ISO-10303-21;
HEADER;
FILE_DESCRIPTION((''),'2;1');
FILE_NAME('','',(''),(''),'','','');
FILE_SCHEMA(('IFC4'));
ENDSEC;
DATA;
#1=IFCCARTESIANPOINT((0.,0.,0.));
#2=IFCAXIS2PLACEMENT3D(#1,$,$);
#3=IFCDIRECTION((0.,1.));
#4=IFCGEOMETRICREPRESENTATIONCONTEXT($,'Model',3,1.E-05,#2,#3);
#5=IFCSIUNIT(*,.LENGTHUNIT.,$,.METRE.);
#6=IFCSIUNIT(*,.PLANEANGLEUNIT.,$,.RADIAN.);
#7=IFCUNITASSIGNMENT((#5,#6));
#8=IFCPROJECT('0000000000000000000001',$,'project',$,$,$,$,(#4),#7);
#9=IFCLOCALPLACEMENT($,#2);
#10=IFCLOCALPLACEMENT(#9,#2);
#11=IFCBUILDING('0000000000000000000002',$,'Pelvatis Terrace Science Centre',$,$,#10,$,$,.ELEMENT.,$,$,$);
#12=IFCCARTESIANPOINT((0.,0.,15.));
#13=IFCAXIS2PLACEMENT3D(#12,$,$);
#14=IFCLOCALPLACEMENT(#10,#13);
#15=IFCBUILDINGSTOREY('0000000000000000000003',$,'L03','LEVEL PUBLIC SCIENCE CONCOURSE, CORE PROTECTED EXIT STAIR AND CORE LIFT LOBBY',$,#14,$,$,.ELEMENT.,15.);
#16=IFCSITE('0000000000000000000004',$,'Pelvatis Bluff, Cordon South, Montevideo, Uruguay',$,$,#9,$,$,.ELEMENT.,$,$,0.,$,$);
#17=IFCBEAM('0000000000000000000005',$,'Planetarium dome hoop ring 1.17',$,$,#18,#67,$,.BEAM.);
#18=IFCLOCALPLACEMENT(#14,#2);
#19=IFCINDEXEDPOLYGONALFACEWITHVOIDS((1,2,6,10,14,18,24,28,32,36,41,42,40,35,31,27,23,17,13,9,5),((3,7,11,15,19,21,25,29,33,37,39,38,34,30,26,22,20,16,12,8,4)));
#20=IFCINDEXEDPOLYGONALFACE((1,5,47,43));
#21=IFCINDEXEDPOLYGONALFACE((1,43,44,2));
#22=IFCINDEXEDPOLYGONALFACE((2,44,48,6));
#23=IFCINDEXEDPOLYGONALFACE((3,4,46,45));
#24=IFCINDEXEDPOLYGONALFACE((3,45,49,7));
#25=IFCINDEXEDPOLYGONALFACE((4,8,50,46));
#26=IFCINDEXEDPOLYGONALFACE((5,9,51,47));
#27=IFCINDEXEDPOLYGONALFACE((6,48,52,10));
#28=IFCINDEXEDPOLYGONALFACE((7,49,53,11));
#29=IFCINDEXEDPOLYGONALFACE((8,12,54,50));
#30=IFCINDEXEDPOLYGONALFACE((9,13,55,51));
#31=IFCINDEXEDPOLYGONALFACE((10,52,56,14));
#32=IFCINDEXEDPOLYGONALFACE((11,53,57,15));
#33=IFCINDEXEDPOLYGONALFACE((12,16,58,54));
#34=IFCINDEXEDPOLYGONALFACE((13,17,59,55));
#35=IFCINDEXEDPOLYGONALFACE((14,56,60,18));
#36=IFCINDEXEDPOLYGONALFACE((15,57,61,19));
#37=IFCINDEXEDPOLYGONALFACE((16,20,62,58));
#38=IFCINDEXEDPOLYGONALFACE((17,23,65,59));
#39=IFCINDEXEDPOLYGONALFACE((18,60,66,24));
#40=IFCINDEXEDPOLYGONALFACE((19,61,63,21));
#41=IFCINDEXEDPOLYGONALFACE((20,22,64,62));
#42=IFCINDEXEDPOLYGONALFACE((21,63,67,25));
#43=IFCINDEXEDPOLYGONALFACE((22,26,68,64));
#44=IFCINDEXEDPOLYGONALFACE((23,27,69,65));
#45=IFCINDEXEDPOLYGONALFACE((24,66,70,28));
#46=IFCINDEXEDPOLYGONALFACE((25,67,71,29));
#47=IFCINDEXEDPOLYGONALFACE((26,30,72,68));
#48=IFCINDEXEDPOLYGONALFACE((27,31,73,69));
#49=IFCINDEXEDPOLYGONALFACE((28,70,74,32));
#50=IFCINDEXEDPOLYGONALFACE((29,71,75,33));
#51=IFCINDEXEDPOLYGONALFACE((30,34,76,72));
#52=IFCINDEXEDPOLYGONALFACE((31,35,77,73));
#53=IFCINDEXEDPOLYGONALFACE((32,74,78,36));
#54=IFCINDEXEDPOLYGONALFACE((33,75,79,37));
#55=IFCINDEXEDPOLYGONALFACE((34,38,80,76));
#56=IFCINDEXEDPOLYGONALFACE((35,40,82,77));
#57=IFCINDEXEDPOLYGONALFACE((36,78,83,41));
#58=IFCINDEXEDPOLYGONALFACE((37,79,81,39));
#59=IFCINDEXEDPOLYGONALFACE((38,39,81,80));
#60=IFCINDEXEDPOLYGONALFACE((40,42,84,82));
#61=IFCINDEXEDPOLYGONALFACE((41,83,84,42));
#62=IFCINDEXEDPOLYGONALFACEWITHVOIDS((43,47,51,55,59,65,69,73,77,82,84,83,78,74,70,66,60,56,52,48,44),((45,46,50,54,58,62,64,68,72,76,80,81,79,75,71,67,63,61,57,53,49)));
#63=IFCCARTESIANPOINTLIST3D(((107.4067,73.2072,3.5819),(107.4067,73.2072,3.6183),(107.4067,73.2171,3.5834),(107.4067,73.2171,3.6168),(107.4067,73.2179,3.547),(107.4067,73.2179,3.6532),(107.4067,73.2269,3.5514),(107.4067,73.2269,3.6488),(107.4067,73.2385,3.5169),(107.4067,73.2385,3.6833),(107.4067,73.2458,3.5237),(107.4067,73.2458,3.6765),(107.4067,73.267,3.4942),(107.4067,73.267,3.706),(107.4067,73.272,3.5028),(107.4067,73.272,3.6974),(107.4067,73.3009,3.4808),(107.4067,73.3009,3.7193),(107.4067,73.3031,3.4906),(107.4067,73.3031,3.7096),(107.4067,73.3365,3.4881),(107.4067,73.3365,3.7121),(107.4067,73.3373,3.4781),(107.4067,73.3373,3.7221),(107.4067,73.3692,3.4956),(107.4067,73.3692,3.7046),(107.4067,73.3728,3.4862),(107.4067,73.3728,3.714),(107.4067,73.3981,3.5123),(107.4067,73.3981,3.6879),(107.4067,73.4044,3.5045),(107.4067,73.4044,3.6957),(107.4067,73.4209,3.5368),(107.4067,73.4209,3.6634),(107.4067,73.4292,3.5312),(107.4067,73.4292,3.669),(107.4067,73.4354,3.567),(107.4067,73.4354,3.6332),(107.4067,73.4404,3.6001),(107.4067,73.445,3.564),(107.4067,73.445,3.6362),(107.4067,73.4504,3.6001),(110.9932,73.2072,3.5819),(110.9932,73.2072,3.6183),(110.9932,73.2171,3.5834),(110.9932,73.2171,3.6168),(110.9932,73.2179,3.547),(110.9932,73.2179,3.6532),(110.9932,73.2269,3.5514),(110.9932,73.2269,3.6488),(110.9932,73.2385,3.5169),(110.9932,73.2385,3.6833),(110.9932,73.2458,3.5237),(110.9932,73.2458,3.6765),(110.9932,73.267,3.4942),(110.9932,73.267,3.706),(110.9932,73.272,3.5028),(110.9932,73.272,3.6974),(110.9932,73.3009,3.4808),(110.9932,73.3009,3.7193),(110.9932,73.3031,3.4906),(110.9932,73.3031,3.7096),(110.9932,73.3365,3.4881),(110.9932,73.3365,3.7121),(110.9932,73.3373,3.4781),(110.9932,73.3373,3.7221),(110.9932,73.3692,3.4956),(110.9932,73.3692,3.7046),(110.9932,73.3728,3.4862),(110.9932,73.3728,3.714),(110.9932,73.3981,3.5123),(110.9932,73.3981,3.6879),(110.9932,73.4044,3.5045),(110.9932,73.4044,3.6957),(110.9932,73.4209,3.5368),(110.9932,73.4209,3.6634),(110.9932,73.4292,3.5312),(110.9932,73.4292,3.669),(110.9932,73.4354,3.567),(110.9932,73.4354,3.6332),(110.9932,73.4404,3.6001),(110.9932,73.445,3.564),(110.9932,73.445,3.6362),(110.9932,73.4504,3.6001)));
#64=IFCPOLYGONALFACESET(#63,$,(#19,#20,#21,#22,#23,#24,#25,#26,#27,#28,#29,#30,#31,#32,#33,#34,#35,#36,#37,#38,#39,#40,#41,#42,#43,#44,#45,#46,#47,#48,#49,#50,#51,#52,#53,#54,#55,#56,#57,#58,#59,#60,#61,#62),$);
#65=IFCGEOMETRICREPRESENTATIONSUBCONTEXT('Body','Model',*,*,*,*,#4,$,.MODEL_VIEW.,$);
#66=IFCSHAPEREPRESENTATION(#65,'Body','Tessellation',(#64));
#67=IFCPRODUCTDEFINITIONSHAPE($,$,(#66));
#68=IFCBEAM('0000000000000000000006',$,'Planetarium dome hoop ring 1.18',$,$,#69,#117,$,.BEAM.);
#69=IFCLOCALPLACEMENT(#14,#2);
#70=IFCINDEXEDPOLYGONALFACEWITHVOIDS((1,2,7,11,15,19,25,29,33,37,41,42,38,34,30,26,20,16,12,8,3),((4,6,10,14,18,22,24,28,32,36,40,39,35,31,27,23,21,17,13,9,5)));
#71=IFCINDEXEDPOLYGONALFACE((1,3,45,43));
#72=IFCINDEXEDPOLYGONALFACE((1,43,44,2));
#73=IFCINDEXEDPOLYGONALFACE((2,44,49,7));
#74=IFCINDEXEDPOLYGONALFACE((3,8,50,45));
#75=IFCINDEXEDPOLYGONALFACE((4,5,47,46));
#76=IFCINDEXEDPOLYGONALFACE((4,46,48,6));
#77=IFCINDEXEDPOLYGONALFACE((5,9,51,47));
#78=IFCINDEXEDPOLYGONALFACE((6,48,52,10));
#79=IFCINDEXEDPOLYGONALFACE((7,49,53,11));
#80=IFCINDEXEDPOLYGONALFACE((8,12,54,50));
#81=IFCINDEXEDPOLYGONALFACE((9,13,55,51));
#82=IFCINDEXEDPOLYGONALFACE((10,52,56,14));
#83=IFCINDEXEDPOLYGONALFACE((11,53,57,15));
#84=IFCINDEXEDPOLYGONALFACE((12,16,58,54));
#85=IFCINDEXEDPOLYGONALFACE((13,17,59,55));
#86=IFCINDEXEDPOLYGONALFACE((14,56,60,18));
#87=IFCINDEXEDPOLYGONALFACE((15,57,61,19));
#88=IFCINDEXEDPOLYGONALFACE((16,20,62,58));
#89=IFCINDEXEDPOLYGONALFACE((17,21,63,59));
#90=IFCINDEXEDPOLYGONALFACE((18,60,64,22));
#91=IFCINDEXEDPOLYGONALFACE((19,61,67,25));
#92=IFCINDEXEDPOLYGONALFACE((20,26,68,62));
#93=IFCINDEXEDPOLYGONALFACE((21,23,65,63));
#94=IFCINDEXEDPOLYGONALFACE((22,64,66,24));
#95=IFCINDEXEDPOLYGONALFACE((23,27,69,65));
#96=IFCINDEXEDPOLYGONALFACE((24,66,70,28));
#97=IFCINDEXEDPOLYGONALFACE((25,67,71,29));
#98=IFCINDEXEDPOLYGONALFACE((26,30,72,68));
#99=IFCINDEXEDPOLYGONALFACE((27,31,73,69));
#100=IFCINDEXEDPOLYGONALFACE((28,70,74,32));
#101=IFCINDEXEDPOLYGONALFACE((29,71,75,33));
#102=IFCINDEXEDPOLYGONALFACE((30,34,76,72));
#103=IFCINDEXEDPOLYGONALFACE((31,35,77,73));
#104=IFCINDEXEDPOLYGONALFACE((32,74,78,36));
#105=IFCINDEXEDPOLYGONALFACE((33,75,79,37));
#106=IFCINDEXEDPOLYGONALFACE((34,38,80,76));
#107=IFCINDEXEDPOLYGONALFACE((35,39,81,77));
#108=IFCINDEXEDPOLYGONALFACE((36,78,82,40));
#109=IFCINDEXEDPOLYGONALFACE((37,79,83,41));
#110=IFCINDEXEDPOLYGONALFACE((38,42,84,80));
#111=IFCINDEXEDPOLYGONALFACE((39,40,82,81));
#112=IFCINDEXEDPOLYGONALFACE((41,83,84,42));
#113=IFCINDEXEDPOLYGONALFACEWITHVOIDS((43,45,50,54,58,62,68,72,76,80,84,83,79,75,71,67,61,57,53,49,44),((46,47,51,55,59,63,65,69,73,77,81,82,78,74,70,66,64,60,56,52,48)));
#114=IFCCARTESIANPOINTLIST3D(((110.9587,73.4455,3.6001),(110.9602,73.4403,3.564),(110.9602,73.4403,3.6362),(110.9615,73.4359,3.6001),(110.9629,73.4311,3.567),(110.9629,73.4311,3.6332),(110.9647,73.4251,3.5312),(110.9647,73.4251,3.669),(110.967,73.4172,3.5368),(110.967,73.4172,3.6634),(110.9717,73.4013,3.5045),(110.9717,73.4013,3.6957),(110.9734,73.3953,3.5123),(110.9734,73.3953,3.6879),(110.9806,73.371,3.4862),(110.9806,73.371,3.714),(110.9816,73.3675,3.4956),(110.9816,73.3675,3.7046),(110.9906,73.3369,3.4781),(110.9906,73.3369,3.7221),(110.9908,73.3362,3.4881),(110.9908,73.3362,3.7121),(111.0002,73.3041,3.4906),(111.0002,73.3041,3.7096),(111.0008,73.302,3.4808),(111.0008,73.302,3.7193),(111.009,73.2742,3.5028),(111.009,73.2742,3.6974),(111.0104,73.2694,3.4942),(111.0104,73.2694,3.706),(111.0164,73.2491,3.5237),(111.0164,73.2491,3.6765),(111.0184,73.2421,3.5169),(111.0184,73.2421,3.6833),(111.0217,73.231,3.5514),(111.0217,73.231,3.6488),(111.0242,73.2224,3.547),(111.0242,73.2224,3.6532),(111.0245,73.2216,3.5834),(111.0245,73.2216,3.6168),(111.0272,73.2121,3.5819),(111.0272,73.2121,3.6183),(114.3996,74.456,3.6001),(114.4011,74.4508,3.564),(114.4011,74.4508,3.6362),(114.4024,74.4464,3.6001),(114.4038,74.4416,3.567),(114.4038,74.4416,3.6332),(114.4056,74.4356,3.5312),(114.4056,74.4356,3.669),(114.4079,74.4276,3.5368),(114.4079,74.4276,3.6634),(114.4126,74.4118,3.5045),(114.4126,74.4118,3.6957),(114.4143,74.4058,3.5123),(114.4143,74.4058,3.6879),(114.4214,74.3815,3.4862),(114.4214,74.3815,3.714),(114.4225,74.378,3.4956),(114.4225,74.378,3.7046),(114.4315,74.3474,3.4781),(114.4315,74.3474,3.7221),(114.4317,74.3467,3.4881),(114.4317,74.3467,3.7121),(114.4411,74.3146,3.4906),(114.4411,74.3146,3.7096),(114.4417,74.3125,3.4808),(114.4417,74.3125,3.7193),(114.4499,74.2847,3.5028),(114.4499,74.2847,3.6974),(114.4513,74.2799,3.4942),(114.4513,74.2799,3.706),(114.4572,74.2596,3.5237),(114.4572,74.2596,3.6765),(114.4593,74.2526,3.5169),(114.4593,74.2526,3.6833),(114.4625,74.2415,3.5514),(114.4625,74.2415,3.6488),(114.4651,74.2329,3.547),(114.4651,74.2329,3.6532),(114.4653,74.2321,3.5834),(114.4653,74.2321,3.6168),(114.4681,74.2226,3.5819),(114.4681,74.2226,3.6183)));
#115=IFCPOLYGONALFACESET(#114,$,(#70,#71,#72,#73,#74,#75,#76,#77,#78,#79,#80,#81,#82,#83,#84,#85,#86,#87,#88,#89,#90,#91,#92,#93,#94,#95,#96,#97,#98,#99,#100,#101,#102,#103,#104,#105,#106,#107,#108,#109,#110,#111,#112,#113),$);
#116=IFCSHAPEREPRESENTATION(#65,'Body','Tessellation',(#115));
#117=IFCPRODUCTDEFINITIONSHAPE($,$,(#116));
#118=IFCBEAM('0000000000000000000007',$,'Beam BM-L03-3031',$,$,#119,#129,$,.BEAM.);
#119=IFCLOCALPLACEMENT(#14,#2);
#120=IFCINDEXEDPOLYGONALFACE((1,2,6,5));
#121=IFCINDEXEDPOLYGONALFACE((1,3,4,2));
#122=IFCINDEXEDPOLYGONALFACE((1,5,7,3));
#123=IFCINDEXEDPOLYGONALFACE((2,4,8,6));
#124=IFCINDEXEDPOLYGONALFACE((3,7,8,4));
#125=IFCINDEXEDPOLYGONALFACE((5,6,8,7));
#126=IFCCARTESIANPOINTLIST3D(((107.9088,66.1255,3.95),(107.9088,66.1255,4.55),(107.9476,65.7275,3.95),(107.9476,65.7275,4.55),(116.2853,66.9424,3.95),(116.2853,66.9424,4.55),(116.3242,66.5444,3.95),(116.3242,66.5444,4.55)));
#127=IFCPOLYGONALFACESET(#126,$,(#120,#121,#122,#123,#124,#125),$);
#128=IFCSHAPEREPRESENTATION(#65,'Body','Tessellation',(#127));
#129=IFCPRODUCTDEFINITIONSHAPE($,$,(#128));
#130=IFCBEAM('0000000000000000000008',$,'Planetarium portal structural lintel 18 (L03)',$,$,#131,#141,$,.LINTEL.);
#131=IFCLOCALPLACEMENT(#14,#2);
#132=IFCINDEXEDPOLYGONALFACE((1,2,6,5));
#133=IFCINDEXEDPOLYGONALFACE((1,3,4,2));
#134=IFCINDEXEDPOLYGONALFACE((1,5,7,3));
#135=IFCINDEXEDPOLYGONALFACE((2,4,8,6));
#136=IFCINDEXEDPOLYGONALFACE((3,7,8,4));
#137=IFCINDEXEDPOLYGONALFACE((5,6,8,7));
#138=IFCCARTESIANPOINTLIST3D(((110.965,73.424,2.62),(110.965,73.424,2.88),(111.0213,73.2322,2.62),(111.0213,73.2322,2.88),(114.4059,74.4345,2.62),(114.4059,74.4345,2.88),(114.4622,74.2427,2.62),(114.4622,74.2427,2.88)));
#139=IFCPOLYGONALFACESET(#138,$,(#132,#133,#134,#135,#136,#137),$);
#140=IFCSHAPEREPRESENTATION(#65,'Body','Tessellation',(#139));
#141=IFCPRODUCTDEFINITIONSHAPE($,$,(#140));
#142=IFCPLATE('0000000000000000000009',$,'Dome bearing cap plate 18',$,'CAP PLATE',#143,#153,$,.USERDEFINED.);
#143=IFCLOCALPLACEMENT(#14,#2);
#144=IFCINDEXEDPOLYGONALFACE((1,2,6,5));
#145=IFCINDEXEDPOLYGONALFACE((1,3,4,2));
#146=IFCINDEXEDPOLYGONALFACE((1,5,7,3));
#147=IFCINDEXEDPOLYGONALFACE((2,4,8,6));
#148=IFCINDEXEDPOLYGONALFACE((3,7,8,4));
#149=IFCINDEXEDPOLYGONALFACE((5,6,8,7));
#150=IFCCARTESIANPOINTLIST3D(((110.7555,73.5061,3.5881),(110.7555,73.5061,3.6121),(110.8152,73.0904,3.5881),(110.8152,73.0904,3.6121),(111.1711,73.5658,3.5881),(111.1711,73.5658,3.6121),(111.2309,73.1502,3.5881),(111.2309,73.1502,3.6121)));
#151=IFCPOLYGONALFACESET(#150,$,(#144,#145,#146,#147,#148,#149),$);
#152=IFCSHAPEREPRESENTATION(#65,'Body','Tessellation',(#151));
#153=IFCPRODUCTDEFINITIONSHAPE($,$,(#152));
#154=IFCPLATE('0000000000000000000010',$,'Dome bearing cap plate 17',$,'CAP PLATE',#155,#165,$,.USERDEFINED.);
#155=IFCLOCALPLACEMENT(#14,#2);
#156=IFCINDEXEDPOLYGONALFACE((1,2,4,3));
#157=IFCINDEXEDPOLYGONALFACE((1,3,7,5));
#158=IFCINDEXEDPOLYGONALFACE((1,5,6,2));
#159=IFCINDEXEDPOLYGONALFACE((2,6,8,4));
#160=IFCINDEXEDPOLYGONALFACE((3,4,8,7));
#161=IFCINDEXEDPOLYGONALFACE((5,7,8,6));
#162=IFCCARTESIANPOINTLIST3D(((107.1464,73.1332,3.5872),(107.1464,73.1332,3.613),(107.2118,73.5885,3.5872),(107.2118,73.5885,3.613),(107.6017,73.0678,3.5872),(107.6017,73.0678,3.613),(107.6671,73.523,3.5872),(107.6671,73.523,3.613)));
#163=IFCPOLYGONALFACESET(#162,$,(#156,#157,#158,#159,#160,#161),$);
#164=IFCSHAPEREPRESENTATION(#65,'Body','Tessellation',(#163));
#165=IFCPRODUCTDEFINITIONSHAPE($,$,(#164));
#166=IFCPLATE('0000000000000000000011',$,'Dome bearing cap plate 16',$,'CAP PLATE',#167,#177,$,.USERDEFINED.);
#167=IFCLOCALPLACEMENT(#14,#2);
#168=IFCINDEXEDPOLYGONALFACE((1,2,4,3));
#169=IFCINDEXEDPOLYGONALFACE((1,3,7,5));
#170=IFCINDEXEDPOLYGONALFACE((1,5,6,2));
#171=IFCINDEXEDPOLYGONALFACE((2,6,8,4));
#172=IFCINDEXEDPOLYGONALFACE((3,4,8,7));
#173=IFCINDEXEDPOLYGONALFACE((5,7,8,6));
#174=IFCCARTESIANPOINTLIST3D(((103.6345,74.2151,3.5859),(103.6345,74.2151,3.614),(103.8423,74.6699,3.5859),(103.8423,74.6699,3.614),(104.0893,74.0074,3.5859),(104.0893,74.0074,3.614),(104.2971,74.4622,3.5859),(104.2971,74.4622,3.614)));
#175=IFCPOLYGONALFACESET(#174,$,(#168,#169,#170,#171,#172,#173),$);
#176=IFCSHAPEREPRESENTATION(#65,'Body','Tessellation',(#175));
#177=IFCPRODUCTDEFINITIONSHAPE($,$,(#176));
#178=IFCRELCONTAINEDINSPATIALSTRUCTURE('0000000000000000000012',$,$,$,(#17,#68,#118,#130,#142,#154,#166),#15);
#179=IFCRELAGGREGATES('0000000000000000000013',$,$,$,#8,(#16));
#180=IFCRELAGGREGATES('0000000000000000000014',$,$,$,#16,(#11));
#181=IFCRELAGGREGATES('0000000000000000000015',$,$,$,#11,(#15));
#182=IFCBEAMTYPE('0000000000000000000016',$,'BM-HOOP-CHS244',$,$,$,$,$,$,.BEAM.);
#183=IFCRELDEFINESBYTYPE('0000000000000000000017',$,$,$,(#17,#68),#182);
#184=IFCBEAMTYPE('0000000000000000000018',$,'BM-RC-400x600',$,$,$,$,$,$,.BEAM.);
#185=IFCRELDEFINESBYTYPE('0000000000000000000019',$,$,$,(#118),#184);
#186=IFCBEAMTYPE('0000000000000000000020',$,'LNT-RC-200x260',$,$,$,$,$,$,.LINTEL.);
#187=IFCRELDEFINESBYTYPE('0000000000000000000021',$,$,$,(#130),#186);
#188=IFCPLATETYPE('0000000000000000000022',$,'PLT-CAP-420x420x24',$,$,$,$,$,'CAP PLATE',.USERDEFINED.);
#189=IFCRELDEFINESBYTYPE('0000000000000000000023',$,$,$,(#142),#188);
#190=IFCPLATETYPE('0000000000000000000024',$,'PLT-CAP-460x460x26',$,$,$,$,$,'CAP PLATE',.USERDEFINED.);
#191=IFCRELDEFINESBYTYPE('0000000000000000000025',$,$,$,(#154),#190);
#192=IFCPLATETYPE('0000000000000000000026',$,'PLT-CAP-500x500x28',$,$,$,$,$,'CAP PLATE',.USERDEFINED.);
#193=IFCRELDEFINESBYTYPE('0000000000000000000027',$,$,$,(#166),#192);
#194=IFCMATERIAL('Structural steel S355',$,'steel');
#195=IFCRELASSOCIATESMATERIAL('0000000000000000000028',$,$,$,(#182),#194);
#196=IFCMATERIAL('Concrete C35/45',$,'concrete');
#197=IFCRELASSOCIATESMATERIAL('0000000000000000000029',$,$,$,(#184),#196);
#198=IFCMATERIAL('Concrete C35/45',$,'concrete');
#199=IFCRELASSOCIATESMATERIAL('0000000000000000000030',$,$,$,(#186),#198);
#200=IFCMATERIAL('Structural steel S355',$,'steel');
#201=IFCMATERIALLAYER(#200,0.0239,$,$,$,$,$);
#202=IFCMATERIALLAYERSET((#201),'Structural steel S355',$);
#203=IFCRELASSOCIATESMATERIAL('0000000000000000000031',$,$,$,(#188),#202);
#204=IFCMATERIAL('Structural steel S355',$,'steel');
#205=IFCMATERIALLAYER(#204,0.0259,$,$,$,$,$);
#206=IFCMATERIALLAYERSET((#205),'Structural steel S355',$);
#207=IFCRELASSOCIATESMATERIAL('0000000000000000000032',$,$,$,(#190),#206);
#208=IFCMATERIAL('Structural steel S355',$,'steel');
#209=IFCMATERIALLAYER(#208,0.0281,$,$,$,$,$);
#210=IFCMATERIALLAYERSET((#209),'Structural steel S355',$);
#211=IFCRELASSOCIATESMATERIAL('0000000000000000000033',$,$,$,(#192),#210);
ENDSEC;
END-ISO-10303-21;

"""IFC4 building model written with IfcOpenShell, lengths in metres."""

from ifc_helpers import new_model, si_unit, direction, frame, origin, origin_2d, place, context, subcontext, project, spatial, rectangle, hollow_circle, extrude, material, layer, layer_set, material_profile, profile_set, type_object, element, save


model = new_model("IFC4")

# Units and contexts
model_context = context("Model", 3, precision=1e-05, world=origin(), true_north=direction((0.0, 1.0)))
body_context = subcontext(model_context, "Body", "Model", "MODEL_VIEW")
ifc_project = project(units=[si_unit("LENGTHUNIT", "METRE"), si_unit("PLANEANGLEUNIT", "RADIAN")], contexts=[model_context])

# Site, building, storey
site_placement = place(None, origin())
site = spatial("IfcSite", under=ifc_project, at=site_placement, Name="Pelvatis Bluff, Cordon South, Montevideo, Uruguay", CompositionType="ELEMENT", RefElevation=0.0)
building_placement = place(site_placement, origin())
building = spatial("IfcBuilding", under=site, at=building_placement, Name="Pelvatis Terrace Science Centre", CompositionType="ELEMENT")
storey_placement = place(building_placement, frame((0.0, 0.0, 15.0)))
storey = spatial("IfcBuildingStorey", under=building, at=storey_placement, Name="L03", Description="LEVEL PUBLIC SCIENCE CONCOURSE, CORE PROTECTED EXIT STAIR AND CORE LIFT LOBBY", CompositionType="ELEMENT", Elevation=15.0)

# Beams
ifc_material_1 = material(Name="Structural steel S355", Category="steel")
ifc_material_profile_1 = material_profile(ifc_material_1, hollow_circle(Radius=0.1223, WallThickness=0.01, at=origin_2d()), Name="CHS 244.5x10.0")
ifc_profile_set_1 = profile_set([ifc_material_profile_1], Name="Structural steel S355")
beam_type_1 = type_object("IfcBeamType", Name="BM-HOOP-CHS244", PredefinedType="BEAM", material=ifc_profile_set_1)
beam_1_placement = place(storey_placement, frame((107.4067, 73.3281, 3.6001), z_axis=(1.0, 0.0, 0.0), x_axis=(0.0, 1.0, 0.0)))
element("IfcBeam", 1, at=beam_1_placement, inside=storey, type_object=beam_type_1, Name="Planetarium dome hoop ring 1.17", PredefinedType="BEAM", context=body_context, shape_type="SweptSolid", body=[
    extrude(hollow_circle(Radius=0.1223, WallThickness=0.01, at=origin_2d()), origin(), (0.0, 0.0, 1.0), 3.5864),
])
beam_2_placement = place(storey_placement, frame((110.9932, 73.3281, 3.6001), z_axis=(0.959481, 0.281772, 0.0), x_axis=(-0.281772, 0.959481, 0.0)))
element("IfcBeam", 2, at=beam_2_placement, inside=storey, type_object=beam_type_1, Name="Planetarium dome hoop ring 1.18", PredefinedType="BEAM", context=body_context, shape_type="SweptSolid", body=[
    extrude(hollow_circle(Radius=0.1223, WallThickness=0.01, at=origin_2d()), origin(), (0.0, 0.0, 1.0), 3.5862),
])
ifc_material_2 = material(Name="Concrete C35/45", Category="concrete")
ifc_material_profile_2 = material_profile(ifc_material_2, rectangle(XDim=0.3999, YDim=0.6001, at=origin_2d()), Name="RC-BM 400x600")
ifc_profile_set_2 = profile_set([ifc_material_profile_2], Name="Concrete C35/45")
beam_type_2 = type_object("IfcBeamType", Name="BM-RC-400x600", PredefinedType="BEAM", material=ifc_profile_set_2)
beam_3_placement = place(storey_placement, frame((107.9282, 65.9265, 4.25), z_axis=(0.995278, 0.097062, 0.0), x_axis=(-0.097062, 0.995278, 0.0)))
element("IfcBeam", 3, at=beam_3_placement, inside=storey, type_object=beam_type_2, Name="Beam BM-L03-3031", PredefinedType="BEAM", context=body_context, shape_type="SweptSolid", body=[
    extrude(rectangle(XDim=0.3999, YDim=0.6001, at=origin_2d()), origin(), (0.0, 0.0, 1.0), 8.4163),
])
ifc_material_3 = material(Name="Concrete C35/45", Category="concrete")
ifc_material_profile_3 = material_profile(ifc_material_3, rectangle(XDim=0.2, YDim=0.26, at=origin_2d()), Name="RC-LNT 200x260")
ifc_profile_set_3 = profile_set([ifc_material_profile_3], Name="Concrete C35/45")
beam_type_3 = type_object("IfcBeamType", Name="LNT-RC-200x260", PredefinedType="LINTEL", material=ifc_profile_set_3)
beam_4_placement = place(storey_placement, frame((110.9932, 73.3281, 2.75), z_axis=(0.959481, 0.281772, 0.0), x_axis=(-0.281772, 0.959481, 0.0)))
element("IfcBeam", 4, at=beam_4_placement, inside=storey, type_object=beam_type_3, Name="Planetarium portal structural lintel 18 (L03)", PredefinedType="LINTEL", context=body_context, shape_type="SweptSolid", body=[
    extrude(rectangle(XDim=0.2, YDim=0.26, at=origin_2d()), origin(), (0.0, 0.0, 1.0), 3.5862),
])

# Plates
ifc_material_4 = material(Name="Structural steel S355", Category="steel")
ifc_layer_1 = layer(ifc_material_4, 0.0239)
ifc_layer_set_1 = layer_set([ifc_layer_1], Name="Structural steel S355")
plate_type_1 = type_object("IfcPlateType", Name="PLT-CAP-420x420x24", ElementType="CAP PLATE", PredefinedType="USERDEFINED", material=ifc_layer_set_1)
plate_1_placement = place(storey_placement, frame((110.9932, 73.3281, 3.5881), z_axis=(0.0, 0.0, 1.0), x_axis=(0.142283, -0.989826, 0.0)))
element("IfcPlate", 5, at=plate_1_placement, inside=storey, type_object=plate_type_1, Name="Dome bearing cap plate 18", ObjectType="CAP PLATE", PredefinedType="USERDEFINED", context=body_context, shape_type="SweptSolid", body=[
    extrude(rectangle(XDim=0.4199, YDim=0.4199, at=origin_2d()), origin(), (0.0, 0.0, 1.0), 0.0239),
])
ifc_material_5 = material(Name="Structural steel S355", Category="steel")
ifc_layer_2 = layer(ifc_material_5, 0.0259)
ifc_layer_set_2 = layer_set([ifc_layer_2], Name="Structural steel S355")
plate_type_2 = type_object("IfcPlateType", Name="PLT-CAP-460x460x26", ElementType="CAP PLATE", PredefinedType="USERDEFINED", material=ifc_layer_set_2)
plate_2_placement = place(storey_placement, frame((107.4067, 73.3281, 3.5872), z_axis=(0.0, 0.0, 1.0), x_axis=(-0.142283, -0.989826, 0.0)))
element("IfcPlate", 6, at=plate_2_placement, inside=storey, type_object=plate_type_2, Name="Dome bearing cap plate 17", ObjectType="CAP PLATE", PredefinedType="USERDEFINED", context=body_context, shape_type="SweptSolid", body=[
    extrude(rectangle(XDim=0.46, YDim=0.46, at=origin_2d()), origin(), (0.0, 0.0, 1.0), 0.0259),
])
ifc_material_6 = material(Name="Structural steel S355", Category="steel")
ifc_layer_3 = layer(ifc_material_6, 0.0281)
ifc_layer_set_3 = layer_set([ifc_layer_3], Name="Structural steel S355")
plate_type_3 = type_object("IfcPlateType", Name="PLT-CAP-500x500x28", ElementType="CAP PLATE", PredefinedType="USERDEFINED", material=ifc_layer_set_3)
plate_3_placement = place(storey_placement, frame((103.9658, 74.3386, 3.5859), z_axis=(0.0, 0.0, 1.0), x_axis=(-0.415487, -0.909599, 0.0)))
element("IfcPlate", 7, at=plate_3_placement, inside=storey, type_object=plate_type_3, Name="Dome bearing cap plate 16", ObjectType="CAP PLATE", PredefinedType="USERDEFINED", context=body_context, shape_type="SweptSolid", body=[
    extrude(rectangle(XDim=0.5, YDim=0.5, at=origin_2d()), origin(), (0.0, 0.0, 1.0), 0.0281),
])

save(model, "model.ifc")
